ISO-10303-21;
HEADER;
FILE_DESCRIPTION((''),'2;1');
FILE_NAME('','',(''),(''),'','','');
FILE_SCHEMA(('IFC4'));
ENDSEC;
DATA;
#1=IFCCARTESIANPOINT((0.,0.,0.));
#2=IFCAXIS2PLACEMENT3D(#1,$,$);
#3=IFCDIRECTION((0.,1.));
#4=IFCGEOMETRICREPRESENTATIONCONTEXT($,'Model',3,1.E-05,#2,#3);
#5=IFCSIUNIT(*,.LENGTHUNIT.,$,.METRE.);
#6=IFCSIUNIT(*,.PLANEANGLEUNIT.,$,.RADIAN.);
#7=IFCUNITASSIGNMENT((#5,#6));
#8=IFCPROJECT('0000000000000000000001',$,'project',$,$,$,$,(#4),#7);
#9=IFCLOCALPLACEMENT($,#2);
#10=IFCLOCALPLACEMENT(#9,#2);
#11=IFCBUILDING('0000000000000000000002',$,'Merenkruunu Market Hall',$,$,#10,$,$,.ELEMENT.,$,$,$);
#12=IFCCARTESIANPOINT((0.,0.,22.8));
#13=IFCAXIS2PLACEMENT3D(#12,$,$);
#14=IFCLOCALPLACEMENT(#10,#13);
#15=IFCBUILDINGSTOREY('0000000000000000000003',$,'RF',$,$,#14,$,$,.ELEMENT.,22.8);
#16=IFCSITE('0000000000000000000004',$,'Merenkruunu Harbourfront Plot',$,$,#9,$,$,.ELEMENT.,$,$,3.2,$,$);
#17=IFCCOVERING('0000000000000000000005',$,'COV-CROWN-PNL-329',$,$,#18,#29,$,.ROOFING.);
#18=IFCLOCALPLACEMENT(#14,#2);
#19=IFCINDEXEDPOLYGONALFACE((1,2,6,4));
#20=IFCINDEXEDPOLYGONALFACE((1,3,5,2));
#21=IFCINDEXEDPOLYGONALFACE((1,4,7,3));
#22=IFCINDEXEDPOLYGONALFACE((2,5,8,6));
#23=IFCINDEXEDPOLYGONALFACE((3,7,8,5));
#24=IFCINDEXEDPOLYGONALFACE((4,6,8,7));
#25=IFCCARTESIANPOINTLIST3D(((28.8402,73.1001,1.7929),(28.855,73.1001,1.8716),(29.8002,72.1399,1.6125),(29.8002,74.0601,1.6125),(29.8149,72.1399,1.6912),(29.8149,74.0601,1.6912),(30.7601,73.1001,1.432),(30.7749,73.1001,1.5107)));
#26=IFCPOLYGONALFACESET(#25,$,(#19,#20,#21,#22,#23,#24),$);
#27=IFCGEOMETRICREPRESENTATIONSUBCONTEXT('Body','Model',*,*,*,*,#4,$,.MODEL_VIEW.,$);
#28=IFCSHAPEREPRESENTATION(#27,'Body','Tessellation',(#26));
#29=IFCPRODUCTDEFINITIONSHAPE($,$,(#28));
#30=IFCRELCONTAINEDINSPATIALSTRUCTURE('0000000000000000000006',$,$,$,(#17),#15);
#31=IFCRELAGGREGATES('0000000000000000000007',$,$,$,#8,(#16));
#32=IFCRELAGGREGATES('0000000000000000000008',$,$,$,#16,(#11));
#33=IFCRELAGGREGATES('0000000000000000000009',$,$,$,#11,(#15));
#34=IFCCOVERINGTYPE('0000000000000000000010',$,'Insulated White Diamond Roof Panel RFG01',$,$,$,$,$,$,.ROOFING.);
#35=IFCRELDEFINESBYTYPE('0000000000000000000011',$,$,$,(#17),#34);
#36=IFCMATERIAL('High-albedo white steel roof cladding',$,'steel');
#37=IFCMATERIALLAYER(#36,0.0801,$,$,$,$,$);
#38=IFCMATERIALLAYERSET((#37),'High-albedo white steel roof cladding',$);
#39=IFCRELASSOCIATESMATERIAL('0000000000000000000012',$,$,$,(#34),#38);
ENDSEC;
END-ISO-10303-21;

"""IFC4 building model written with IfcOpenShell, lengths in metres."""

from ifc_helpers import new_model, si_unit, direction, frame, origin, place, context, subcontext, project, spatial, polyline, outline, extrude, material, layer, layer_set, type_object, element, save


model = new_model("IFC4")

# Units and contexts
model_context = context("Model", 3, precision=1e-05, world=origin(), true_north=direction((0.0, 1.0)))
body_context = subcontext(model_context, "Body", "Model", "MODEL_VIEW")
ifc_project = project(units=[si_unit("LENGTHUNIT", "METRE"), si_unit("PLANEANGLEUNIT", "RADIAN")], contexts=[model_context])

# Site, building, storey
site_placement = place(None, origin())
site = spatial("IfcSite", under=ifc_project, at=site_placement, Name="Merenkruunu Harbourfront Plot", CompositionType="ELEMENT", RefElevation=3.2)
building_placement = place(site_placement, origin())
building = spatial("IfcBuilding", under=site, at=building_placement, Name="Merenkruunu Market Hall", CompositionType="ELEMENT")
storey_placement = place(building_placement, frame((0.0, 0.0, 22.8)))
storey = spatial("IfcBuildingStorey", under=building, at=storey_placement, Name="RF", CompositionType="ELEMENT", Elevation=22.8)

# Covering
ifc_material_1 = material(Name="High-albedo white steel roof cladding", Category="steel")
ifc_layer_1 = layer(ifc_material_1, 0.0801)
ifc_layer_set_1 = layer_set([ifc_layer_1], Name="High-albedo white steel roof cladding")
covering_type = type_object("IfcCoveringType", Name="Insulated White Diamond Roof Panel RFG01", PredefinedType="ROOFING", material=ifc_layer_set_1)
for number, where, z_axis, x_axis, name in (
    (1, (28.855, 73.1001, 1.8716), (0.184711, 0.0, 0.982793), (0.700856, -0.701035, -0.131722), "COV-CROWN-PNL-329"),
):
    element("IfcCovering", number, at=place(storey_placement, frame(where, z_axis=z_axis, x_axis=x_axis)), inside=storey, type_object=covering_type, Name=name, PredefinedType="ROOFING", context=body_context, shape_type="SweptSolid", body=[
        extrude(outline(polyline([(0.0, 0.0), (1.3697, 0.0), (1.3931, 1.3695), (0.0236, 1.3693), (0.0, 0.0)])), origin(), (0.0, 0.0, -1.0), 0.0801),
    ])

save(model, "model.ifc")
